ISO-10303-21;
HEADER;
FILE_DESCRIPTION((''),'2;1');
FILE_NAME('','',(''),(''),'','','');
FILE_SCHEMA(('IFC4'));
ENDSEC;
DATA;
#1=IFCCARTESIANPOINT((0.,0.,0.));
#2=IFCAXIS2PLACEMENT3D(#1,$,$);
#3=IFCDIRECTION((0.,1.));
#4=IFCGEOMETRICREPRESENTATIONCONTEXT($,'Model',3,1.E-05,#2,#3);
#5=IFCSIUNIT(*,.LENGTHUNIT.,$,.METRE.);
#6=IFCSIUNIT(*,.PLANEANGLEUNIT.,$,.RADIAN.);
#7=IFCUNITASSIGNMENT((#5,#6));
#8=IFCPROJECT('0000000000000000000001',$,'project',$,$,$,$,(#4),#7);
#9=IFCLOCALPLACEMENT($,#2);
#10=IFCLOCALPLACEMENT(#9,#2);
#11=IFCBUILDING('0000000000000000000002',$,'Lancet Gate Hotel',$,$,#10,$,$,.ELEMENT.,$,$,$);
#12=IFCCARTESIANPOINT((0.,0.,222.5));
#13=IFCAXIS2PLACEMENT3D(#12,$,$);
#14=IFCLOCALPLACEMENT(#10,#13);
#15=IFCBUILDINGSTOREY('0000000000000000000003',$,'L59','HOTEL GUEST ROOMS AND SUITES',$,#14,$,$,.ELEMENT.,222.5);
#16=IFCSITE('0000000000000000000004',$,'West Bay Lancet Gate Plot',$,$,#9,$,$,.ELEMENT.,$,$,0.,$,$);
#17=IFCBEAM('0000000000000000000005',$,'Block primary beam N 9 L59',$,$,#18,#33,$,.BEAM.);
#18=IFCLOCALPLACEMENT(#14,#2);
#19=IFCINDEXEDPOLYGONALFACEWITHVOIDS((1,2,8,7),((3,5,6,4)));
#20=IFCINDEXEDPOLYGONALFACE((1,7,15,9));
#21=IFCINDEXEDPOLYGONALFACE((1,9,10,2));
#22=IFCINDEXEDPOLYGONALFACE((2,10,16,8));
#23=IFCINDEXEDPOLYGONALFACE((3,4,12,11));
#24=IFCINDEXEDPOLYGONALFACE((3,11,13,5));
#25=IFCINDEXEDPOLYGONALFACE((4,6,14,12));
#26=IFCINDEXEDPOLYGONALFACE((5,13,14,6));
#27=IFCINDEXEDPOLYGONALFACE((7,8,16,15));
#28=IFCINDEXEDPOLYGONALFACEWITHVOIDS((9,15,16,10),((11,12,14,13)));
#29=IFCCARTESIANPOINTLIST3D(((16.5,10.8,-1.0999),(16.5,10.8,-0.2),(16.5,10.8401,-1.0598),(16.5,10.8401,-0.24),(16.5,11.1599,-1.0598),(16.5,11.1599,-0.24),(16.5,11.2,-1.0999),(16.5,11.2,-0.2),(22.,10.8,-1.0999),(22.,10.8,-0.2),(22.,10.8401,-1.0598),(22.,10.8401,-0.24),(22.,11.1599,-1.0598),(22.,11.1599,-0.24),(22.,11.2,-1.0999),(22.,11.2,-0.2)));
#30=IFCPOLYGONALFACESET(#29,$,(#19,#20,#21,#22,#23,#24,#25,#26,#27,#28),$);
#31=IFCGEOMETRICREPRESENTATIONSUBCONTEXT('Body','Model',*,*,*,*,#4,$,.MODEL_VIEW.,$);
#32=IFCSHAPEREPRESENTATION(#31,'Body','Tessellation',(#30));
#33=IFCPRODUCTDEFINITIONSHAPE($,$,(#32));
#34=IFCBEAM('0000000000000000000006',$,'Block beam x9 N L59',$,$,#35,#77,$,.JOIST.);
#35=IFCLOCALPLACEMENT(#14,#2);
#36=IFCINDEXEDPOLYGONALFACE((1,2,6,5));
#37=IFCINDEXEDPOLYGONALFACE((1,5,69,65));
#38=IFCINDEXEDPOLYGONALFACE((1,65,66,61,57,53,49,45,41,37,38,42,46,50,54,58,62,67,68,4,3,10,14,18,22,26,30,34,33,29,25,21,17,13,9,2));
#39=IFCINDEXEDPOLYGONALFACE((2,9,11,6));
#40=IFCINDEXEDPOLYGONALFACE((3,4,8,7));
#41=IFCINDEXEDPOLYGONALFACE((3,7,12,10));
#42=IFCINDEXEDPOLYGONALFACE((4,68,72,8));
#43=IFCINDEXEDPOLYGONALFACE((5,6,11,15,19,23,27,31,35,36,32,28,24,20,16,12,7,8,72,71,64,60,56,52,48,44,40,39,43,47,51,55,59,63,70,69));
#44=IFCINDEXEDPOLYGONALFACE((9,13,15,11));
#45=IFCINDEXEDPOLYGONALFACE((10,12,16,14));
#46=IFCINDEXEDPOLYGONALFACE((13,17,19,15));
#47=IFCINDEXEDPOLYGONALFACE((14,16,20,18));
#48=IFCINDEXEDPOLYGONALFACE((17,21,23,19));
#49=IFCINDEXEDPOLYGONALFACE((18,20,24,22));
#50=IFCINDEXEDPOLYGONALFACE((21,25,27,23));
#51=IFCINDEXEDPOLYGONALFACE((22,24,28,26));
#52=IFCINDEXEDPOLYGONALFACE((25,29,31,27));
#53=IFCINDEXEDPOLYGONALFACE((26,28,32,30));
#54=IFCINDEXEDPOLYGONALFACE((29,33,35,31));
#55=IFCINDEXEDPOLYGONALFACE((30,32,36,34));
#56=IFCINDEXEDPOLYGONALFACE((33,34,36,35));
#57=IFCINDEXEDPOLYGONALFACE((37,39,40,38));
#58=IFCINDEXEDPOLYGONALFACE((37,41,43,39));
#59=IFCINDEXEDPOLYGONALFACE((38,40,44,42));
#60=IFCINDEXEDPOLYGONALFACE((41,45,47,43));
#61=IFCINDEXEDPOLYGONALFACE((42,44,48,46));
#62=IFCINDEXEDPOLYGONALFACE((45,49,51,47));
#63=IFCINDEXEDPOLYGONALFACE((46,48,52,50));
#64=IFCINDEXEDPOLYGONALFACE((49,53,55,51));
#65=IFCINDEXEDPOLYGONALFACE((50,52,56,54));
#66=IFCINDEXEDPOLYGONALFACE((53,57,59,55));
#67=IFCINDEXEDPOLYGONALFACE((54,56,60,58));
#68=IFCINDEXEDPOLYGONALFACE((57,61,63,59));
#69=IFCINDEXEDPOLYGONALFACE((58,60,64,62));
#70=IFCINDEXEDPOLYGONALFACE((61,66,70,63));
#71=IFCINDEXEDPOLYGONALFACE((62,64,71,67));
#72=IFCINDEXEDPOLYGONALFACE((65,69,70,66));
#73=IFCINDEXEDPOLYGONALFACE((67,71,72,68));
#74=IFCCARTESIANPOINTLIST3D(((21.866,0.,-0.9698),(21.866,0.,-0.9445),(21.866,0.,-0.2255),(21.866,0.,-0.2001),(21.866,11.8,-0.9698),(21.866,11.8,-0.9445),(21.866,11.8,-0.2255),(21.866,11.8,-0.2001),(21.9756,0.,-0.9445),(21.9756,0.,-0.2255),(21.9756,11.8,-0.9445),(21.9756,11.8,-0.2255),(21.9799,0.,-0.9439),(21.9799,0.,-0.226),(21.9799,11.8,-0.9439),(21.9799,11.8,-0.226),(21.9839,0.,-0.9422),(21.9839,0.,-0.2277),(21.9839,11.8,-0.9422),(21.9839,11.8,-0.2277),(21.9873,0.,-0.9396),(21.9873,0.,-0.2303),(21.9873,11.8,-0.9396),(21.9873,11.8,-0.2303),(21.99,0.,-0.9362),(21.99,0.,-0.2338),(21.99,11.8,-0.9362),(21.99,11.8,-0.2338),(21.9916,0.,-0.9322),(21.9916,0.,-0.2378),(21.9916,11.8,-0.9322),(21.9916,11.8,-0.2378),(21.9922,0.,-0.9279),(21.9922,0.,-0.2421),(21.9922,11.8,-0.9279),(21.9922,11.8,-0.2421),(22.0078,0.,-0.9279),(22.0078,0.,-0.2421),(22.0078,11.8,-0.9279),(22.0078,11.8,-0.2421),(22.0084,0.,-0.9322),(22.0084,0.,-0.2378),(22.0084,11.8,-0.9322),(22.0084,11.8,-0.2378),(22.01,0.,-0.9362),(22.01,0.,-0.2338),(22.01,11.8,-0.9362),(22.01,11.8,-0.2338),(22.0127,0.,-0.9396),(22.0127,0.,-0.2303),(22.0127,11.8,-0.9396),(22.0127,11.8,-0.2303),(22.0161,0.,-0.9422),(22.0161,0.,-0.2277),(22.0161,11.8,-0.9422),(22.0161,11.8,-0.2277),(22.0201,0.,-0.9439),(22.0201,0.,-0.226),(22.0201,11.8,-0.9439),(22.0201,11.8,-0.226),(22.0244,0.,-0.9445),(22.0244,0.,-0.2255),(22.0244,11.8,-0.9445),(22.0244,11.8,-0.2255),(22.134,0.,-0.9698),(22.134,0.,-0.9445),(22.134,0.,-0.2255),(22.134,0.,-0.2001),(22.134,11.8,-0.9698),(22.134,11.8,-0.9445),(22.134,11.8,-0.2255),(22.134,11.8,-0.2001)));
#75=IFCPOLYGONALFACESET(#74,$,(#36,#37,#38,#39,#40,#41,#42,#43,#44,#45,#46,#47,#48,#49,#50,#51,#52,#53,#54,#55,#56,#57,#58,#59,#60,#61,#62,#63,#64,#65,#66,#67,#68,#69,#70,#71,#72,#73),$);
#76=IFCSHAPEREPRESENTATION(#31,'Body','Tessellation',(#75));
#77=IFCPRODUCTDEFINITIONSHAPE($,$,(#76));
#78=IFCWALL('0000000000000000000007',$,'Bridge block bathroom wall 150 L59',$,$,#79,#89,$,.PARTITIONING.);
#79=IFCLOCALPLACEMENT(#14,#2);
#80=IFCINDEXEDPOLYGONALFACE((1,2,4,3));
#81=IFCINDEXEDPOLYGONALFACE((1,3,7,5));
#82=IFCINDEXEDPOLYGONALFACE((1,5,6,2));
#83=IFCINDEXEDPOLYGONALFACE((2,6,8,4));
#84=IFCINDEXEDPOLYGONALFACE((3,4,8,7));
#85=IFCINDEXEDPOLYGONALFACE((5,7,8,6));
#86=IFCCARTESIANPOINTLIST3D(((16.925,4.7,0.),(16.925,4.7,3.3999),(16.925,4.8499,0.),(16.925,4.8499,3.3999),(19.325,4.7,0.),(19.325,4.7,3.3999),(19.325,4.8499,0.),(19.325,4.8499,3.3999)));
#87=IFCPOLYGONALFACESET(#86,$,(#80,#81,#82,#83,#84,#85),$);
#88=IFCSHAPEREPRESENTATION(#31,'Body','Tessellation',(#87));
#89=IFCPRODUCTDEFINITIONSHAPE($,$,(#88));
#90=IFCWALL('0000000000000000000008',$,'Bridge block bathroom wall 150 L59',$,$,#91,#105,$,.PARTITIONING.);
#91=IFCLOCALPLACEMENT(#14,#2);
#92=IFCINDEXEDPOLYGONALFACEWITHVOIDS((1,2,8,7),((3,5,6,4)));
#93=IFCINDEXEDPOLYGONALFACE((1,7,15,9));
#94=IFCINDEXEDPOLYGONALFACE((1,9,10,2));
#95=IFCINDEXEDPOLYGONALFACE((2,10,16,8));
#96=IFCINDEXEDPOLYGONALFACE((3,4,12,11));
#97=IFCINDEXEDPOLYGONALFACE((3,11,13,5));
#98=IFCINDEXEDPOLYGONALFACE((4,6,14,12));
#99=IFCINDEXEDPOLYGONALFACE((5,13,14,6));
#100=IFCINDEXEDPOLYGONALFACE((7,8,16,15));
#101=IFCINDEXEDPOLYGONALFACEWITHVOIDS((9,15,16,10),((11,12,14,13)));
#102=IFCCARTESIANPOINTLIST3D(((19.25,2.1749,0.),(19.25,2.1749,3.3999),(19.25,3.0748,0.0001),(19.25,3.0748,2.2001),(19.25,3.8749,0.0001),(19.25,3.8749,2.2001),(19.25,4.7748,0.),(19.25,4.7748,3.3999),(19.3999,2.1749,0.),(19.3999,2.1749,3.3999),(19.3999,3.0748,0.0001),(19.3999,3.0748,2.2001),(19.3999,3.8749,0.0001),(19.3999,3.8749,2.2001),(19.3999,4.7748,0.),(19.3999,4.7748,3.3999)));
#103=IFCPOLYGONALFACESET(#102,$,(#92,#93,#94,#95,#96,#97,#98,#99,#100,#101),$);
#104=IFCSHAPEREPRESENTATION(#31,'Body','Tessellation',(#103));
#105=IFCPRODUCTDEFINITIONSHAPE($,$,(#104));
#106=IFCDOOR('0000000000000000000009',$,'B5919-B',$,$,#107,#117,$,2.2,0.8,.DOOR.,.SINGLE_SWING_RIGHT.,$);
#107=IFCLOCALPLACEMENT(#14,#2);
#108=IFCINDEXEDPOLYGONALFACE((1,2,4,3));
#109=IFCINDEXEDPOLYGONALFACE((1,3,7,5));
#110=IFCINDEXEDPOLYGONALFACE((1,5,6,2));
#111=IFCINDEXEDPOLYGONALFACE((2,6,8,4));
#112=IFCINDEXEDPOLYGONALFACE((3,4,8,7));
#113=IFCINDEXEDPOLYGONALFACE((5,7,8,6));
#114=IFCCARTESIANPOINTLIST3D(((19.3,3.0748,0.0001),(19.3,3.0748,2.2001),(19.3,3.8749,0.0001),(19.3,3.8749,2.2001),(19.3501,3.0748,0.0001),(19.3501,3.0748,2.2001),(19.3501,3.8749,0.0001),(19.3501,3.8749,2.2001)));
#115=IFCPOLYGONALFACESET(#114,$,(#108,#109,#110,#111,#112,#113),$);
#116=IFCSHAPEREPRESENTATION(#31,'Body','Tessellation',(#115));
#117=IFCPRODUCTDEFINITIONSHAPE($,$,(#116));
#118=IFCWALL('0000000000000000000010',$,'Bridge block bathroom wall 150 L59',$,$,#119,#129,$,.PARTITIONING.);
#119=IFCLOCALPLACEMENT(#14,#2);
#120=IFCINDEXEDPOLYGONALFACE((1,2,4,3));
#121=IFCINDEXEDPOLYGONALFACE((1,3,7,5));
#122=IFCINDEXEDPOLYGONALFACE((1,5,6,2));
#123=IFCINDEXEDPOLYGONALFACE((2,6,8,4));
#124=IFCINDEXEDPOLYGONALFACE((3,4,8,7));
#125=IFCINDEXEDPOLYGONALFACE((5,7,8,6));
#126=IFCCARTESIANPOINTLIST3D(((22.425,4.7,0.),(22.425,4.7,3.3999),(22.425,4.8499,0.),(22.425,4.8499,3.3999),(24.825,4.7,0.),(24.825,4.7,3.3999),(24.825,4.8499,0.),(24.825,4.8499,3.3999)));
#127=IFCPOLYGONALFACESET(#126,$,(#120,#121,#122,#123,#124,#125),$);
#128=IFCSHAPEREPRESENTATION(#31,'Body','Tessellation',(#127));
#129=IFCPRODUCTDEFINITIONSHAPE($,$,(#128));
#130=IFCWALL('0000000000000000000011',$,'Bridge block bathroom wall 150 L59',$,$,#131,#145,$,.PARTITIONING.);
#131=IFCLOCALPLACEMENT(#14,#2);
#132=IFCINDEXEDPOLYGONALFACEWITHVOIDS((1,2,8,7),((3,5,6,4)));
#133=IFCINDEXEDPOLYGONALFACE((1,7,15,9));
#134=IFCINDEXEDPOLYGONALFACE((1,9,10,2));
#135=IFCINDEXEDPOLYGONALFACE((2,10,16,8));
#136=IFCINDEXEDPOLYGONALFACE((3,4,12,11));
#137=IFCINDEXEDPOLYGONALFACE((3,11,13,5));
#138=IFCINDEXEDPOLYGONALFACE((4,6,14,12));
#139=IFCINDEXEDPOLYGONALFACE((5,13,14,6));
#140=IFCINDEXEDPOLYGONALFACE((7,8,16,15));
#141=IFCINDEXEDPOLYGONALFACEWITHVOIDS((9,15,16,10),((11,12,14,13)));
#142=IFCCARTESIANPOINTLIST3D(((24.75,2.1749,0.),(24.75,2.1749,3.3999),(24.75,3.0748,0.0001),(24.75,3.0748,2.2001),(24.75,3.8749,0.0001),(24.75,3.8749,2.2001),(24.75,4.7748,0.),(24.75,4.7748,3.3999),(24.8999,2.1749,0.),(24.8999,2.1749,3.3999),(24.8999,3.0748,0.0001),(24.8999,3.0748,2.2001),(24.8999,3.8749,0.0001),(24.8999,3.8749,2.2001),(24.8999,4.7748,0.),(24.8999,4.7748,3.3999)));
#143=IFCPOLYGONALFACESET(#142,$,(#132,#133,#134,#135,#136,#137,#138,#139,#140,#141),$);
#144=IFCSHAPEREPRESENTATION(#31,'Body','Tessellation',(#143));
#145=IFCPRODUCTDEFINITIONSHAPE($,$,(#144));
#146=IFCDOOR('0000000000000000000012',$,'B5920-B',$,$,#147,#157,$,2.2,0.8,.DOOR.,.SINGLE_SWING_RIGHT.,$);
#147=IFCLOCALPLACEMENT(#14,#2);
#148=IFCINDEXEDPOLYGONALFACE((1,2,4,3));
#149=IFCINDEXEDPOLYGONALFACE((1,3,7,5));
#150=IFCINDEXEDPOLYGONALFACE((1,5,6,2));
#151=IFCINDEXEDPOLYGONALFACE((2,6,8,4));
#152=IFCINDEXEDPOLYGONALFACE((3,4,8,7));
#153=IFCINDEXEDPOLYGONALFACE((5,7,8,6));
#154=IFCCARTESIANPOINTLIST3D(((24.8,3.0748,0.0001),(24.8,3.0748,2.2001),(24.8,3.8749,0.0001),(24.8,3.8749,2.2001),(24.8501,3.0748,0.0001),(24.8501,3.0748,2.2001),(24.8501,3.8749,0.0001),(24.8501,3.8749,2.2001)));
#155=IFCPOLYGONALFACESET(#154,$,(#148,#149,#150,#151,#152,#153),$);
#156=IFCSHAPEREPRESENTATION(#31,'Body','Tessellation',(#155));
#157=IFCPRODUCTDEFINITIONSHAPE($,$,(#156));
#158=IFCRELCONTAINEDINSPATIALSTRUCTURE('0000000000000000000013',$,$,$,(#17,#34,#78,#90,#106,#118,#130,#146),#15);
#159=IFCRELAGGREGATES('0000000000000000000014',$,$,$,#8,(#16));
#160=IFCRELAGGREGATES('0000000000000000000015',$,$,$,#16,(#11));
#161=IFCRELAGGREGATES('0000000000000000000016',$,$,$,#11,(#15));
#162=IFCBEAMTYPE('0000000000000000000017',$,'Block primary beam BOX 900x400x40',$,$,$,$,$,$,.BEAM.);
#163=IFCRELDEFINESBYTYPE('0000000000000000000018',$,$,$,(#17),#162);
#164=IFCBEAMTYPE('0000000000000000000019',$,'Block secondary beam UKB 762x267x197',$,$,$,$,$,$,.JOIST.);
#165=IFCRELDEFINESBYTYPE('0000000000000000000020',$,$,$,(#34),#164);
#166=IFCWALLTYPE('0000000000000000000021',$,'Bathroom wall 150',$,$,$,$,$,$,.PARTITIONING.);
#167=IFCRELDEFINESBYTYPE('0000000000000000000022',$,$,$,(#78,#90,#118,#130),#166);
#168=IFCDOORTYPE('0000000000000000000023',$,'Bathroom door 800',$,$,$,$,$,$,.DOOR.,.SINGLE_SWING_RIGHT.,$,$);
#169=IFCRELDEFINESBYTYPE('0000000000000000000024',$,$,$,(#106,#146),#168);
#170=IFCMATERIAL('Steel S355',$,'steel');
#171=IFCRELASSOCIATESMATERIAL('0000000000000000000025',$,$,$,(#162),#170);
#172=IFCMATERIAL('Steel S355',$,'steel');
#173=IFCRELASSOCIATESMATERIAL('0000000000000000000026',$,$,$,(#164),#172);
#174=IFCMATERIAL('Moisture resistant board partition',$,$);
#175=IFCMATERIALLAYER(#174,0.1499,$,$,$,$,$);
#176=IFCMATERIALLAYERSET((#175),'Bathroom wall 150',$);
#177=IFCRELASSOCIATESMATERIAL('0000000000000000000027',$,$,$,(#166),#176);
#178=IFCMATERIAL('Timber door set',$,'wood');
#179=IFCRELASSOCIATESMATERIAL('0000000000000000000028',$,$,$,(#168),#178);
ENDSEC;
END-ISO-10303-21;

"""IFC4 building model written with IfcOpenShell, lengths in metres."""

from ifc_helpers import new_model, si_unit, direction, frame, frame_2d, origin, origin_2d, place, context, subcontext, project, spatial, rectangle, hollow_rectangle, i_section, extrude, material, layer, layer_set, material_profile, profile_set, type_object, element, fill, save


model = new_model("IFC4")

# Units and contexts
model_context = context("Model", 3, precision=1e-05, world=origin(), true_north=direction((0.0, 1.0)))
body_context = subcontext(model_context, "Body", "Model", "MODEL_VIEW")
ifc_project = project(units=[si_unit("LENGTHUNIT", "METRE"), si_unit("PLANEANGLEUNIT", "RADIAN")], contexts=[model_context])

# Site, building, storey
site_placement = place(None, origin())
site = spatial("IfcSite", under=ifc_project, at=site_placement, Name="West Bay Lancet Gate Plot", CompositionType="ELEMENT", RefElevation=0.0)
building_placement = place(site_placement, origin())
building = spatial("IfcBuilding", under=site, at=building_placement, Name="Lancet Gate Hotel", CompositionType="ELEMENT")
storey_placement = place(building_placement, frame((0.0, 0.0, 222.5)))
storey = spatial("IfcBuildingStorey", under=building, at=storey_placement, Name="L59", Description="HOTEL GUEST ROOMS AND SUITES", CompositionType="ELEMENT", Elevation=222.5)

# Beams
ifc_material_1 = material(Name="Steel S355", Category="steel")
ifc_material_profile_1 = material_profile(ifc_material_1, hollow_rectangle(XDim=0.3999, YDim=0.8999, WallThickness=0.04, at=origin_2d()), Name="BOX 900x400x40")
ifc_profile_set_1 = profile_set([ifc_material_profile_1], Name="Steel S355")
beam_type_1 = type_object("IfcBeamType", Name="Block primary beam BOX 900x400x40", PredefinedType="BEAM", material=ifc_profile_set_1)
beam_1_placement = place(storey_placement, frame((16.5, 11.0, -0.6499), z_axis=(1.0, 0.0, 0.0), x_axis=(0.0, 1.0, 0.0)))
element("IfcBeam", 1, at=beam_1_placement, inside=storey, type_object=beam_type_1, Name="Block primary beam N 9 L59", PredefinedType="BEAM", context=body_context, shape_type="SweptSolid", body=[
    extrude(hollow_rectangle(XDim=0.3999, YDim=0.8999, WallThickness=0.04, at=origin_2d()), origin(), (0.0, 0.0, 1.0), 5.5),
])
ifc_material_2 = material(Name="Steel S355", Category="steel")
ifc_material_profile_2 = material_profile(ifc_material_2, i_section(OverallWidth=0.2681, OverallDepth=0.7698, WebThickness=0.0156, FlangeThickness=0.0254, FilletRadius=0.0166, at=origin_2d()), Name="UKB 762x267x197")
ifc_profile_set_2 = profile_set([ifc_material_profile_2], Name="Steel S355")
beam_type_2 = type_object("IfcBeamType", Name="Block secondary beam UKB 762x267x197", PredefinedType="JOIST", material=ifc_profile_set_2)
beam_2_placement = place(storey_placement, frame((22.0, 0.0, -0.585), z_axis=(0.0, 1.0, 0.0), x_axis=(-1.0, 0.0, 0.0)))
element("IfcBeam", 2, at=beam_2_placement, inside=storey, type_object=beam_type_2, Name="Block beam x9 N L59", PredefinedType="JOIST", context=body_context, shape_type="SweptSolid", body=[
    extrude(i_section(OverallWidth=0.2681, OverallDepth=0.7698, WebThickness=0.0156, FlangeThickness=0.0254, FilletRadius=0.0166, at=origin_2d()), origin(), (0.0, 0.0, 1.0), 11.8),
])

# Wall
ifc_material_3 = material(Name="Moisture resistant board partition")
ifc_layer_1 = layer(ifc_material_3, 0.1499)
ifc_layer_set_1 = layer_set([ifc_layer_1], Name="Bathroom wall 150")
wall_type_1 = type_object("IfcWallType", Name="Bathroom wall 150", PredefinedType="PARTITIONING", material=ifc_layer_set_1)
wall_1_placement = place(storey_placement, frame((16.925, 4.7749, 0.0), z_axis=(0.0, 0.0, 1.0), x_axis=(1.0, 0.0, 0.0)))
element("IfcWall", 3, at=wall_1_placement, inside=storey, type_object=wall_type_1, Name="Bridge block bathroom wall 150 L59", PredefinedType="PARTITIONING", context=body_context, shape_type="SweptSolid", body=[
    extrude(rectangle(XDim=2.3999, YDim=0.1499, at=frame_2d((1.2, 0.0))), origin(), (0.0, 0.0, 1.0), 3.3999),
])

# Wall, opening, door
wall_2_placement = place(storey_placement, frame((19.325, 2.175, 0.0), z_axis=(0.0, 0.0, 1.0), x_axis=(0.0, 1.0, 0.0)))
wall_2 = element("IfcWall", 4, at=wall_2_placement, inside=storey, type_object=wall_type_1, Name="Bridge block bathroom wall 150 L59", PredefinedType="PARTITIONING", context=body_context, shape_type="SweptSolid", body=[
    extrude(rectangle(XDim=2.5999, YDim=0.1499, at=frame_2d((1.2998, 0.0))), origin(), (0.0, 0.0, 1.0), 3.3999),
])
opening_1_placement = place(wall_2_placement, frame((0.8999, 0.0, 0.0)))
opening_1 = element("IfcOpeningElement", 5, at=opening_1_placement, cuts=wall_2, PredefinedType="OPENING", context=body_context, shape_type="SweptSolid", body=[
    extrude(rectangle(XDim=0.8, YDim=2.2, at=frame_2d((0.3999, 1.1001))), frame((0.0, 0.085, 0.0), z_axis=(0.0, -1.0, 0.0), x_axis=(1.0, 0.0, 0.0)), (0.0, 0.0, 1.0), 0.1699),
])
ifc_material_4 = material(Name="Timber door set", Category="wood")
door_type_1 = type_object("IfcDoorType", Name="Bathroom door 800", OperationType="SINGLE_SWING_RIGHT", PredefinedType="DOOR", material=ifc_material_4)
door_1_placement = place(opening_1_placement, origin())
door_1 = element("IfcDoor", 6, at=door_1_placement, inside=storey, type_object=door_type_1, Name="B5919-B", OperationType="SINGLE_SWING_RIGHT", OverallHeight=2.2, OverallWidth=0.8, PredefinedType="DOOR", context=body_context, shape_type="SweptSolid", body=[
    extrude(rectangle(XDim=0.8, YDim=2.2, at=frame_2d((0.3999, 1.1001))), frame((0.0, 0.0249, 0.0), z_axis=(0.0, -1.0, 0.0), x_axis=(1.0, 0.0, 0.0)), (0.0, 0.0, 1.0), 0.05),
])
fill(opening_1, door_1)

# Wall
wall_3_placement = place(storey_placement, frame((22.425, 4.7749, 0.0), z_axis=(0.0, 0.0, 1.0), x_axis=(1.0, 0.0, 0.0)))
element("IfcWall", 7, at=wall_3_placement, inside=storey, type_object=wall_type_1, Name="Bridge block bathroom wall 150 L59", PredefinedType="PARTITIONING", context=body_context, shape_type="SweptSolid", body=[
    extrude(rectangle(XDim=2.3999, YDim=0.1499, at=frame_2d((1.2, 0.0))), origin(), (0.0, 0.0, 1.0), 3.3999),
])

# Wall, opening, door
wall_4_placement = place(storey_placement, frame((24.825, 2.175, 0.0), z_axis=(0.0, 0.0, 1.0), x_axis=(0.0, 1.0, 0.0)))
wall_4 = element("IfcWall", 8, at=wall_4_placement, inside=storey, type_object=wall_type_1, Name="Bridge block bathroom wall 150 L59", PredefinedType="PARTITIONING", context=body_context, shape_type="SweptSolid", body=[
    extrude(rectangle(XDim=2.5999, YDim=0.1499, at=frame_2d((1.2998, 0.0))), origin(), (0.0, 0.0, 1.0), 3.3999),
])
opening_2_placement = place(wall_4_placement, frame((0.8999, 0.0, 0.0)))
opening_2 = element("IfcOpeningElement", 9, at=opening_2_placement, cuts=wall_4, PredefinedType="OPENING", context=body_context, shape_type="SweptSolid", body=[
    extrude(rectangle(XDim=0.8, YDim=2.2, at=frame_2d((0.3999, 1.1001))), frame((0.0, 0.085, 0.0), z_axis=(0.0, -1.0, 0.0), x_axis=(1.0, 0.0, 0.0)), (0.0, 0.0, 1.0), 0.1699),
])
door_2_placement = place(opening_2_placement, origin())
door_2 = element("IfcDoor", 10, at=door_2_placement, inside=storey, type_object=door_type_1, Name="B5920-B", OperationType="SINGLE_SWING_RIGHT", OverallHeight=2.2, OverallWidth=0.8, PredefinedType="DOOR", context=body_context, shape_type="SweptSolid", body=[
    extrude(rectangle(XDim=0.8, YDim=2.2, at=frame_2d((0.3999, 1.1001))), frame((0.0, 0.0249, 0.0), z_axis=(0.0, -1.0, 0.0), x_axis=(1.0, 0.0, 0.0)), (0.0, 0.0, 1.0), 0.05),
])
fill(opening_2, door_2)

save(model, "model.ifc")
